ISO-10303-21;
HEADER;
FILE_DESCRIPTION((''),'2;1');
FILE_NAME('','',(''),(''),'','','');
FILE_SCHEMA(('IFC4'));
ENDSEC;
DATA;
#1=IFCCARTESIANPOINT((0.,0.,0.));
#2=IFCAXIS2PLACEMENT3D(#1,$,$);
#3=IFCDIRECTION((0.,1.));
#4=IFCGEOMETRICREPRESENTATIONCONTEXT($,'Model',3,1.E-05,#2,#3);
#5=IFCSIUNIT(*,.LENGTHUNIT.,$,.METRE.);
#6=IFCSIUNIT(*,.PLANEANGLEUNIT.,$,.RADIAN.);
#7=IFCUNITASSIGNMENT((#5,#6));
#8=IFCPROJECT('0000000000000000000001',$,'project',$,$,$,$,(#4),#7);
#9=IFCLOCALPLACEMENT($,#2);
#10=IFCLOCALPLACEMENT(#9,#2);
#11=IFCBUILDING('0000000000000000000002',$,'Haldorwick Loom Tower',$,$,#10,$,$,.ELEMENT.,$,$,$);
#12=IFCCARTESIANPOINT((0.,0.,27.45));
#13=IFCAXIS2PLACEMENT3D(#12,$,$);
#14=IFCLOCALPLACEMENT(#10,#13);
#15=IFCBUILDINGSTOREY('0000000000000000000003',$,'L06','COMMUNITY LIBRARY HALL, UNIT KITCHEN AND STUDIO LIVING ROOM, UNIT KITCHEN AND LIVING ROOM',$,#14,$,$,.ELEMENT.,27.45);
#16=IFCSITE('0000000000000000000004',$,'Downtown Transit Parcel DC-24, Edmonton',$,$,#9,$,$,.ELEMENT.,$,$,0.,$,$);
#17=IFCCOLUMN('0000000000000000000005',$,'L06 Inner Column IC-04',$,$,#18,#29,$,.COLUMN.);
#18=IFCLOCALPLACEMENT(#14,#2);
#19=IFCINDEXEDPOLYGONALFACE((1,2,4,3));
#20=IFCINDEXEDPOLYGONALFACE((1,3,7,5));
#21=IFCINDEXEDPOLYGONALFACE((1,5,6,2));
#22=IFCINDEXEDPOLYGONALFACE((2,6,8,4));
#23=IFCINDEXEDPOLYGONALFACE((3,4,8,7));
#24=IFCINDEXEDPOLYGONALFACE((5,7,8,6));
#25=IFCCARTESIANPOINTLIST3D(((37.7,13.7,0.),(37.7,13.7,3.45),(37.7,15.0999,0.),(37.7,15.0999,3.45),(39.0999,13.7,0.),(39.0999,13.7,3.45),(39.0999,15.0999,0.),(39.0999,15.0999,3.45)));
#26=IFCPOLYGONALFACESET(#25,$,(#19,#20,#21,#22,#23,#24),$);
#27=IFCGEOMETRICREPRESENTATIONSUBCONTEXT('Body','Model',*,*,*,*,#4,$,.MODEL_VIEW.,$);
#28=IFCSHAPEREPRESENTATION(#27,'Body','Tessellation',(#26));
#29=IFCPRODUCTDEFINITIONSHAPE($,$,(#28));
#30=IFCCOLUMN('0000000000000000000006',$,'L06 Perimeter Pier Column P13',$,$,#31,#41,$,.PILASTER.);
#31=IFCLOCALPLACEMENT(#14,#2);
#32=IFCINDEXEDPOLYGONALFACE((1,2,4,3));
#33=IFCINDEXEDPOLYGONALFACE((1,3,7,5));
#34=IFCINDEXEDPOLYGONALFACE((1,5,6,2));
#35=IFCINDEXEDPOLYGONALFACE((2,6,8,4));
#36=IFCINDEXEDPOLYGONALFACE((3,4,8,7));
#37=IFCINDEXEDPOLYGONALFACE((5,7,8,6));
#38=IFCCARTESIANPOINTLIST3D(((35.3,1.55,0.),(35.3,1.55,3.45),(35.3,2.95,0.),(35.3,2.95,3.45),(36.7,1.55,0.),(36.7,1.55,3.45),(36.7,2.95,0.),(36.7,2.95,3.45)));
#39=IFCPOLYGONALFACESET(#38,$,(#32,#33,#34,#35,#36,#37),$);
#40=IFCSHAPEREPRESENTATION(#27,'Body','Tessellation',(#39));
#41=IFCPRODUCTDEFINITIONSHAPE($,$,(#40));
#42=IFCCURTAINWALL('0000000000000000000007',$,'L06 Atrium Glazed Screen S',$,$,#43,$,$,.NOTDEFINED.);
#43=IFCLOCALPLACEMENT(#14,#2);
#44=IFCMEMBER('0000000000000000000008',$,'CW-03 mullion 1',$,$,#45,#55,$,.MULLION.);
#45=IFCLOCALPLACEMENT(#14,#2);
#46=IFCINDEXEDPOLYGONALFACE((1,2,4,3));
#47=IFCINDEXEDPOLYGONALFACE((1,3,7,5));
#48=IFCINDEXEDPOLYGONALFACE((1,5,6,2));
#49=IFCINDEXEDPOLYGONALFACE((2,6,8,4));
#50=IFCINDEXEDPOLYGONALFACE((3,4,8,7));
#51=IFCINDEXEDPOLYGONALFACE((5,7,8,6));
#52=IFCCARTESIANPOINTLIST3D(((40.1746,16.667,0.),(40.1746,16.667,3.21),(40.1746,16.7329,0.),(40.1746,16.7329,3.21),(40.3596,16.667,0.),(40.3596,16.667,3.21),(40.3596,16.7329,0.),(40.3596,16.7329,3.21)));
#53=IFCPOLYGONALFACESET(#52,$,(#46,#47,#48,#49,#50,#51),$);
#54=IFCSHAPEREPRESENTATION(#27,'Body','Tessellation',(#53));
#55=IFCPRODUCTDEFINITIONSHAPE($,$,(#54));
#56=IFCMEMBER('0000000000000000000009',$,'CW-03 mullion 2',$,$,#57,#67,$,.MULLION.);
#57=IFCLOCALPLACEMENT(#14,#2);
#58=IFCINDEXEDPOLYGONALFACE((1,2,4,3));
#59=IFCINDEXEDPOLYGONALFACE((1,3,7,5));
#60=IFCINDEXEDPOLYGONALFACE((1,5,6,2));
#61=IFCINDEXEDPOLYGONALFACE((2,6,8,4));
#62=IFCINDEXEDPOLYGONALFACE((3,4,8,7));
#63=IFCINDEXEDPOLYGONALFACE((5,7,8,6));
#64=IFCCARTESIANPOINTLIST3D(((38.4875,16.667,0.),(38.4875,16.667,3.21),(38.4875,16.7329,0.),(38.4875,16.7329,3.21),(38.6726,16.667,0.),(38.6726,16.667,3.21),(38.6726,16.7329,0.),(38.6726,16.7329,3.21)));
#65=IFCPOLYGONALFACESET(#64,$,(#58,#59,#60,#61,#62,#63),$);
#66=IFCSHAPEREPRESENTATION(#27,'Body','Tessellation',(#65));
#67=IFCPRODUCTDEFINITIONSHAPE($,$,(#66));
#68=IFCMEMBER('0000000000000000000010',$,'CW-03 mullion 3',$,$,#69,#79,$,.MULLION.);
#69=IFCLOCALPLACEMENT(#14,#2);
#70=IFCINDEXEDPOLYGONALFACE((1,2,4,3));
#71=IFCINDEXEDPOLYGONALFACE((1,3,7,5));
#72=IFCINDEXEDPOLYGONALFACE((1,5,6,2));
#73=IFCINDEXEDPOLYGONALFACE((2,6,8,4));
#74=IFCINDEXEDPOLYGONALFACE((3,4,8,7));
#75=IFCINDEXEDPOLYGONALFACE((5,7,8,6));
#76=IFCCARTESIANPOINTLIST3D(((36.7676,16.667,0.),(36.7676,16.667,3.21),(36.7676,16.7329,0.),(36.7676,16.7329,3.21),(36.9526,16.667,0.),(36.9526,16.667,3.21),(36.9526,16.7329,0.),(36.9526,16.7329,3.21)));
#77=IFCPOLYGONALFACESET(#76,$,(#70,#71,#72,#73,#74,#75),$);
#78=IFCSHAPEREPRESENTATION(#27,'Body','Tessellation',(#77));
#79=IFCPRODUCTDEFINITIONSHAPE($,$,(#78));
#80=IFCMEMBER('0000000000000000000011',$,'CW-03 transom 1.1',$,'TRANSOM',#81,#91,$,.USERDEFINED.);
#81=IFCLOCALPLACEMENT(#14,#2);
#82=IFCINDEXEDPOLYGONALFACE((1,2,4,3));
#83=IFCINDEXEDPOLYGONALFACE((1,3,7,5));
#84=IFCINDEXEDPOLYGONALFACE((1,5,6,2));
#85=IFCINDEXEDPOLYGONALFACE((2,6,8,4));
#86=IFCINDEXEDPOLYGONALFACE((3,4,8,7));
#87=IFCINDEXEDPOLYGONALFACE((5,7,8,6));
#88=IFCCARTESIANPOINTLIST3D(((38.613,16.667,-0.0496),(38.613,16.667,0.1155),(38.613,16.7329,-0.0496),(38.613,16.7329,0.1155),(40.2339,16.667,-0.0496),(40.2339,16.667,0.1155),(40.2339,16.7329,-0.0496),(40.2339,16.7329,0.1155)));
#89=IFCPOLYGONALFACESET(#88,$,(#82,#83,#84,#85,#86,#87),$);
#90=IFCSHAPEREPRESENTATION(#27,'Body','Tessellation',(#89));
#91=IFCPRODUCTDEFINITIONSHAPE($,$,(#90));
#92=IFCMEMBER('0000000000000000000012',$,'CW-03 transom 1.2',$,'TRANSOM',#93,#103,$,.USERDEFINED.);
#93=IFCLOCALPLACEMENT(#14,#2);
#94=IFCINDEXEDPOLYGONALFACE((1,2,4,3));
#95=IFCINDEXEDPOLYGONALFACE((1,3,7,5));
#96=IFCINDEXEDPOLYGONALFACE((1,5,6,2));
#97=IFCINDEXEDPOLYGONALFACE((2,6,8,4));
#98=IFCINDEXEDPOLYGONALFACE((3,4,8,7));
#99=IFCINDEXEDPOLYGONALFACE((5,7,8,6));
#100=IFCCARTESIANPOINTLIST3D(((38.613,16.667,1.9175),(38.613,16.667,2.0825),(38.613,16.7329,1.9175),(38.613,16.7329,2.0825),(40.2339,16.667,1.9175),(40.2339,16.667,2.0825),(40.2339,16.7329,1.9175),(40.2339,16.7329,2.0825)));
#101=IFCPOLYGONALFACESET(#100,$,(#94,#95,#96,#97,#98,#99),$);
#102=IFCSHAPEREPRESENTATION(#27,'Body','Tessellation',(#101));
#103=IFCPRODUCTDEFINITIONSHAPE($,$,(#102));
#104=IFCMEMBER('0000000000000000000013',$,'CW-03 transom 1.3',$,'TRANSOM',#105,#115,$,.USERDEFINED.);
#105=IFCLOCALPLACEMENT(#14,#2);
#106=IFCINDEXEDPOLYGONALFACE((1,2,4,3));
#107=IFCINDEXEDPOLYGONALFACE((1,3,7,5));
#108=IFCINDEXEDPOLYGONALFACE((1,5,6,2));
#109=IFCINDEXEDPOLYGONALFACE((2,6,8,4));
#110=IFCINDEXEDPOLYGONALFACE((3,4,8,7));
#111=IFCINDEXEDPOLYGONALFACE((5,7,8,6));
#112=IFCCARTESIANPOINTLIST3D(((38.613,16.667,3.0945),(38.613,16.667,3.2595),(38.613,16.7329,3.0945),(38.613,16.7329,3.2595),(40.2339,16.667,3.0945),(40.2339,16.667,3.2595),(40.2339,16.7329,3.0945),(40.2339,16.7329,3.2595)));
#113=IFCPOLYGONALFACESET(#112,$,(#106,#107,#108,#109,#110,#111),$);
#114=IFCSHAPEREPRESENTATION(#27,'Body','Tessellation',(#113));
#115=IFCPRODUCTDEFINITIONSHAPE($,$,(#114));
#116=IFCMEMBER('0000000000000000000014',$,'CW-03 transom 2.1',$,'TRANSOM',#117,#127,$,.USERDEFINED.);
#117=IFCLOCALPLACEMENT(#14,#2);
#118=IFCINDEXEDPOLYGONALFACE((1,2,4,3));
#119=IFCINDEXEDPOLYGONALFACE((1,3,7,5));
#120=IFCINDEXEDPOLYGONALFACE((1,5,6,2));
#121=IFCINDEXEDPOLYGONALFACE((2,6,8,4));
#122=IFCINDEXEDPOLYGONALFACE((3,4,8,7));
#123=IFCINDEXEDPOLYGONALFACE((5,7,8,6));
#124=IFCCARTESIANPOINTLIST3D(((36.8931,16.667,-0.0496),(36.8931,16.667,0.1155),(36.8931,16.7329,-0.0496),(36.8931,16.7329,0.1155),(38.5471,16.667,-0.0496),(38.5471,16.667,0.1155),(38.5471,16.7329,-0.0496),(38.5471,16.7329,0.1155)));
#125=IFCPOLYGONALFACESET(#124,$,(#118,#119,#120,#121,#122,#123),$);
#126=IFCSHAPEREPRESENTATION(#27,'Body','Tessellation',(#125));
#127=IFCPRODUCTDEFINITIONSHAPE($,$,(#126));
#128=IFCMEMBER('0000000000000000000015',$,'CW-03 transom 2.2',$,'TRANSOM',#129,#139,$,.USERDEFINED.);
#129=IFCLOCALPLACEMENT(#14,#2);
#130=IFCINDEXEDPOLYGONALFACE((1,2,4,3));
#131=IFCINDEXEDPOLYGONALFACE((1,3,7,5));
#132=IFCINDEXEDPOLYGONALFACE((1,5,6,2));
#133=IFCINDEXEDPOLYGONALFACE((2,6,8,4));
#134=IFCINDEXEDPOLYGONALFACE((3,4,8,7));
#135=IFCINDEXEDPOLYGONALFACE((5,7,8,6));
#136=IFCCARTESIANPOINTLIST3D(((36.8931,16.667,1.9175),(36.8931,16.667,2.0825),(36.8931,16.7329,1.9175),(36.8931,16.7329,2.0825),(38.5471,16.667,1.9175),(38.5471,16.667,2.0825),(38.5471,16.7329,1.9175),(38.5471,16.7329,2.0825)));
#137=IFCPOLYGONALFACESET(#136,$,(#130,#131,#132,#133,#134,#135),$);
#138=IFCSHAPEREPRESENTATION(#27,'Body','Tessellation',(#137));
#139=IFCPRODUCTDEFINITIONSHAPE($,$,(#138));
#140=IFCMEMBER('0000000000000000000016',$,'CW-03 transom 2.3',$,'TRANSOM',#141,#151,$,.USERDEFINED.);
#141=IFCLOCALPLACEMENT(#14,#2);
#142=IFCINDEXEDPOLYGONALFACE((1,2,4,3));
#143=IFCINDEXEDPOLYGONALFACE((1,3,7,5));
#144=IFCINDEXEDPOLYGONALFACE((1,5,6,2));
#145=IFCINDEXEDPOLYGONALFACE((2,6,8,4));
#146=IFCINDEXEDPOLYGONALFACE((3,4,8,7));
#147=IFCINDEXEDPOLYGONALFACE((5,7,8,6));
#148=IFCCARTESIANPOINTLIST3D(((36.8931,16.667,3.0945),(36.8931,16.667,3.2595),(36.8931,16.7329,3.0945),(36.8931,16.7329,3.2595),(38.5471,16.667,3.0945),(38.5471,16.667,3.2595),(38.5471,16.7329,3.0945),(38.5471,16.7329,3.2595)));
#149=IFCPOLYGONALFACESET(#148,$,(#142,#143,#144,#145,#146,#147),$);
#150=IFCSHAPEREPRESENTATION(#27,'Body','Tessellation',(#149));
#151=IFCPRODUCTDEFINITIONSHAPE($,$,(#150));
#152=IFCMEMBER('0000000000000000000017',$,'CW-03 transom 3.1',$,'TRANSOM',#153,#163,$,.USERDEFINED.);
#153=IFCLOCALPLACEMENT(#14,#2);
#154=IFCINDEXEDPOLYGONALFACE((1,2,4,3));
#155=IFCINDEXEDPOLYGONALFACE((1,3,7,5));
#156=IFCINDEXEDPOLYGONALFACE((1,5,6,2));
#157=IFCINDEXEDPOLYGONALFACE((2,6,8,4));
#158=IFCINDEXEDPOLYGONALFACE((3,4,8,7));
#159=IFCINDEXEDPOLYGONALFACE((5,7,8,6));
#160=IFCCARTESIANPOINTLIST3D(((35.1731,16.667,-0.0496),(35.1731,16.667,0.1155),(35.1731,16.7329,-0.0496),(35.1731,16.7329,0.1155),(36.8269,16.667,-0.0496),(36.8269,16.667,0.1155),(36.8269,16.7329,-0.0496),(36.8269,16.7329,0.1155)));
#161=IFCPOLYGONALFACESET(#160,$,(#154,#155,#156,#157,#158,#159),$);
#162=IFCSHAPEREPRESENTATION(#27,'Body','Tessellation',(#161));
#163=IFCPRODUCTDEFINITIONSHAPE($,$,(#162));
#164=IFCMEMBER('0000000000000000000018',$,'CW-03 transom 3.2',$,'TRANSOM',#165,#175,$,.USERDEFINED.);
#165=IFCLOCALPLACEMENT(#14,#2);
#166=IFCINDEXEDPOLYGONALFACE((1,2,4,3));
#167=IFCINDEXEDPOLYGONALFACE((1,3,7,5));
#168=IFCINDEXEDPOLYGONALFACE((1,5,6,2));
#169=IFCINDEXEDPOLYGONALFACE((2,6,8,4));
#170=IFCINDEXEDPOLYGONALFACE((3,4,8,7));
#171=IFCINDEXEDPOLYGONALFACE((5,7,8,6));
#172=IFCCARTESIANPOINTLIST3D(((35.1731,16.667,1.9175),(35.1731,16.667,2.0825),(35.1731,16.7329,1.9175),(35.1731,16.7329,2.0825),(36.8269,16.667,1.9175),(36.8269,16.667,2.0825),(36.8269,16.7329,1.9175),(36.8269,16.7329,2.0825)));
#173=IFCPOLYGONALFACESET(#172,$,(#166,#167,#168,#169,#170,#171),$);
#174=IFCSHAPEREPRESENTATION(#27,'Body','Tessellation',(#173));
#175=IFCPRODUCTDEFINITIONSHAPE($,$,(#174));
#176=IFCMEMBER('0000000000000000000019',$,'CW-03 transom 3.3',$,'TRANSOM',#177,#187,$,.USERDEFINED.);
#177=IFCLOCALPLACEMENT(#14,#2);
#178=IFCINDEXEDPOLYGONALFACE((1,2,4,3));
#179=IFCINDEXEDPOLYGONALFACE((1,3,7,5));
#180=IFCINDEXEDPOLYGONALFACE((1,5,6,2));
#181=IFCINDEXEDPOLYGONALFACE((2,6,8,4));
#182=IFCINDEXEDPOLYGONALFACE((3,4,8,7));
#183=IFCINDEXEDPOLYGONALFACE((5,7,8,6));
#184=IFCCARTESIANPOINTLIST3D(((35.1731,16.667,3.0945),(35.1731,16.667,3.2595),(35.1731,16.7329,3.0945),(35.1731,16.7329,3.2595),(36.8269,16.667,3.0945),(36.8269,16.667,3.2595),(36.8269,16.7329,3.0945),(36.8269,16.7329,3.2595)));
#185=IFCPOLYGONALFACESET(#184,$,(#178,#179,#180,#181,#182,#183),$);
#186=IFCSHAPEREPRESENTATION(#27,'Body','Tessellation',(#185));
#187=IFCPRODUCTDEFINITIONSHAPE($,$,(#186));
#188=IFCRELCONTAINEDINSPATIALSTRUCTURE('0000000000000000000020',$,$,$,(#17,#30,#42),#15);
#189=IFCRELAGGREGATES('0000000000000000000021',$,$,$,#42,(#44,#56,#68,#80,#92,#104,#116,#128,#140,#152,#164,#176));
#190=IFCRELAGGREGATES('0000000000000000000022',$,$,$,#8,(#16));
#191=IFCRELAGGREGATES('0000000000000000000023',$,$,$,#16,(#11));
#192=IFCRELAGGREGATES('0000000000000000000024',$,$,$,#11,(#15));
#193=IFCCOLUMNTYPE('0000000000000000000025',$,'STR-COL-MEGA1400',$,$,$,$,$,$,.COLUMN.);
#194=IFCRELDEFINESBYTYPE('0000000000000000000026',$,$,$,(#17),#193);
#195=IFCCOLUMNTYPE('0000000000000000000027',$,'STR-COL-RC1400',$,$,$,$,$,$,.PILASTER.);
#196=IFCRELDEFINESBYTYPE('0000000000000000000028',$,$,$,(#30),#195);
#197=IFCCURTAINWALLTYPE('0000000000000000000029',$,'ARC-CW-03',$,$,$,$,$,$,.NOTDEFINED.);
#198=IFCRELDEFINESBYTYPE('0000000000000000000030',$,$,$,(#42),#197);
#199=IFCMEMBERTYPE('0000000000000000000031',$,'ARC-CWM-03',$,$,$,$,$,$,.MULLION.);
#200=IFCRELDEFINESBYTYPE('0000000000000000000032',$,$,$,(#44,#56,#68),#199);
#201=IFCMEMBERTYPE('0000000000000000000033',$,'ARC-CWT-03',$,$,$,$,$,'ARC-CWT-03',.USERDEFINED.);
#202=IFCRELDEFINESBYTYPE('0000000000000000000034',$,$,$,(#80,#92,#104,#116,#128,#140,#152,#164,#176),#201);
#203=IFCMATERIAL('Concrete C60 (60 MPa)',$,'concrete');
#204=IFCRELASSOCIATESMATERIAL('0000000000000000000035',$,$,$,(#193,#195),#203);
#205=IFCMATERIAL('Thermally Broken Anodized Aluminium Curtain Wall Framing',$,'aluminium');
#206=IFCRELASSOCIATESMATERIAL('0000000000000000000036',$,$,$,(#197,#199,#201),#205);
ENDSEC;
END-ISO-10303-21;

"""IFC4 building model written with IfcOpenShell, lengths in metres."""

from ifc_helpers import new_model, si_unit, direction, frame, origin, origin_2d, place, context, subcontext, project, spatial, rectangle, extrude, material, material_profile, profile_set, type_object, element, aggregate, save


model = new_model("IFC4")

# Units and contexts
model_context = context("Model", 3, precision=1e-05, world=origin(), true_north=direction((0.0, 1.0)))
body_context = subcontext(model_context, "Body", "Model", "MODEL_VIEW")
ifc_project = project(units=[si_unit("LENGTHUNIT", "METRE"), si_unit("PLANEANGLEUNIT", "RADIAN")], contexts=[model_context])

# Site, building, storey
site_placement = place(None, origin())
site = spatial("IfcSite", under=ifc_project, at=site_placement, Name="Downtown Transit Parcel DC-24, Edmonton", CompositionType="ELEMENT", RefElevation=0.0)
building_placement = place(site_placement, origin())
building = spatial("IfcBuilding", under=site, at=building_placement, Name="Haldorwick Loom Tower", CompositionType="ELEMENT")
storey_placement = place(building_placement, frame((0.0, 0.0, 27.45)))
storey = spatial("IfcBuildingStorey", under=building, at=storey_placement, Name="L06", Description="COMMUNITY LIBRARY HALL, UNIT KITCHEN AND STUDIO LIVING ROOM, UNIT KITCHEN AND LIVING ROOM", CompositionType="ELEMENT", Elevation=27.45)

# Columns
ifc_material_1 = material(Name="Concrete C60 (60 MPa)", Category="concrete")
ifc_material_profile_1 = material_profile(ifc_material_1, rectangle(XDim=1.3999, YDim=1.3999, at=origin_2d()), Name="RC1400X1400", Category="concrete")
ifc_profile_set_1 = profile_set([ifc_material_profile_1], Name="Concrete C60 (60 MPa)")
column_type_1 = type_object("IfcColumnType", Name="STR-COL-MEGA1400", PredefinedType="COLUMN", material=ifc_profile_set_1)
column_1_placement = place(storey_placement, frame((38.3999, 14.3999, 0.0), z_axis=(0.0, 0.0, 1.0), x_axis=(1.0, 0.0, 0.0)))
element("IfcColumn", 1, at=column_1_placement, inside=storey, type_object=column_type_1, Name="L06 Inner Column IC-04", PredefinedType="COLUMN", context=body_context, shape_type="SweptSolid", body=[
    extrude(rectangle(XDim=1.3999, YDim=1.3999, at=origin_2d()), origin(), (0.0, 0.0, 1.0), 3.45),
])
ifc_material_profile_2 = material_profile(ifc_material_1, rectangle(XDim=1.3999, YDim=1.3999, at=origin_2d()), Name="RC1400X1400", Category="concrete")
ifc_profile_set_2 = profile_set([ifc_material_profile_2], Name="Concrete C60 (60 MPa)")
column_type_2 = type_object("IfcColumnType", Name="STR-COL-RC1400", PredefinedType="PILASTER", material=ifc_profile_set_2)
column_2_placement = place(storey_placement, frame((36.0, 2.25, 0.0), z_axis=(0.0, 0.0, 1.0), x_axis=(0.0, -1.0, 0.0)))
element("IfcColumn", 2, at=column_2_placement, inside=storey, type_object=column_type_2, Name="L06 Perimeter Pier Column P13", PredefinedType="PILASTER", context=body_context, shape_type="SweptSolid", body=[
    extrude(rectangle(XDim=1.3999, YDim=1.3999, at=origin_2d()), origin(), (0.0, 0.0, 1.0), 3.45),
])

# Curtain wall, members
ifc_material_2 = material(Name="Thermally Broken Anodized Aluminium Curtain Wall Framing", Category="aluminium")
curtain_wall_type = type_object("IfcCurtainWallType", Name="ARC-CW-03", PredefinedType="NOTDEFINED", material=ifc_material_2)
curtain_wall_placement = place(storey_placement, origin())
curtain_wall = element("IfcCurtainWall", 3, at=curtain_wall_placement, inside=storey, type_object=curtain_wall_type, Name="L06 Atrium Glazed Screen S", PredefinedType="NOTDEFINED")
ifc_material_profile_3 = material_profile(ifc_material_2, rectangle(XDim=0.0659, YDim=0.1851, at=origin_2d()), Name="ALU_MUL_66X185", Category="aluminium")
ifc_profile_set_3 = profile_set([ifc_material_profile_3], Name="Thermally Broken Anodized Aluminium Curtain Wall Framing")
member_type_1 = type_object("IfcMemberType", Name="ARC-CWM-03", PredefinedType="MULLION", material=ifc_profile_set_3)
member_1_placement = place(storey_placement, frame((40.2671, 16.7, 0.0), z_axis=(0.0, 0.0, 1.0), x_axis=(0.0, -1.0, 0.0)))
member_1 = element("IfcMember", 4, at=member_1_placement, type_object=member_type_1, Name="CW-03 mullion 1", PredefinedType="MULLION", context=body_context, shape_type="SweptSolid", body=[
    extrude(rectangle(XDim=0.0659, YDim=0.1851, at=origin_2d()), origin(), (0.0, 0.0, 1.0), 3.21),
])
member_2_placement = place(storey_placement, frame((38.5801, 16.7, 0.0), z_axis=(0.0, 0.0, 1.0), x_axis=(0.0, -1.0, 0.0)))
member_2 = element("IfcMember", 5, at=member_2_placement, type_object=member_type_1, Name="CW-03 mullion 2", PredefinedType="MULLION", context=body_context, shape_type="SweptSolid", body=[
    extrude(rectangle(XDim=0.0659, YDim=0.1851, at=origin_2d()), origin(), (0.0, 0.0, 1.0), 3.21),
])
member_3_placement = place(storey_placement, frame((36.8601, 16.7, 0.0), z_axis=(0.0, 0.0, 1.0), x_axis=(0.0, -1.0, 0.0)))
member_3 = element("IfcMember", 6, at=member_3_placement, type_object=member_type_1, Name="CW-03 mullion 3", PredefinedType="MULLION", context=body_context, shape_type="SweptSolid", body=[
    extrude(rectangle(XDim=0.0659, YDim=0.1851, at=origin_2d()), origin(), (0.0, 0.0, 1.0), 3.21),
])
ifc_material_profile_4 = material_profile(ifc_material_2, rectangle(XDim=0.0659, YDim=0.165, at=origin_2d()), Name="ALU_TRN_66X165", Category="aluminium")
ifc_profile_set_4 = profile_set([ifc_material_profile_4], Name="Thermally Broken Anodized Aluminium Curtain Wall Framing")
member_type_2 = type_object("IfcMemberType", Name="ARC-CWT-03", ElementType="ARC-CWT-03", PredefinedType="USERDEFINED", material=ifc_profile_set_4)
member_4_placement = place(storey_placement, frame((40.2339, 16.7, 0.033), z_axis=(-1.0, 0.0, 0.0), x_axis=(0.0, -1.0, 0.0)))
member_4 = element("IfcMember", 7, at=member_4_placement, type_object=member_type_2, Name="CW-03 transom 1.1", ObjectType="TRANSOM", PredefinedType="USERDEFINED", context=body_context, shape_type="SweptSolid", body=[
    extrude(rectangle(XDim=0.0659, YDim=0.165, at=origin_2d()), origin(), (0.0, 0.0, 1.0), 1.6208),
])
member_5_placement = place(storey_placement, frame((40.2339, 16.7, 2.0), z_axis=(-1.0, 0.0, 0.0), x_axis=(0.0, -1.0, 0.0)))
member_5 = element("IfcMember", 8, at=member_5_placement, type_object=member_type_2, Name="CW-03 transom 1.2", ObjectType="TRANSOM", PredefinedType="USERDEFINED", context=body_context, shape_type="SweptSolid", body=[
    extrude(rectangle(XDim=0.0659, YDim=0.165, at=origin_2d()), origin(), (0.0, 0.0, 1.0), 1.6208),
])
member_6_placement = place(storey_placement, frame((40.2339, 16.7, 3.177), z_axis=(-1.0, 0.0, 0.0), x_axis=(0.0, -1.0, 0.0)))
member_6 = element("IfcMember", 9, at=member_6_placement, type_object=member_type_2, Name="CW-03 transom 1.3", ObjectType="TRANSOM", PredefinedType="USERDEFINED", context=body_context, shape_type="SweptSolid", body=[
    extrude(rectangle(XDim=0.0659, YDim=0.165, at=origin_2d()), origin(), (0.0, 0.0, 1.0), 1.6208),
])
member_7_placement = place(storey_placement, frame((38.5471, 16.7, 0.033), z_axis=(-1.0, 0.0, 0.0), x_axis=(0.0, -1.0, 0.0)))
member_7 = element("IfcMember", 10, at=member_7_placement, type_object=member_type_2, Name="CW-03 transom 2.1", ObjectType="TRANSOM", PredefinedType="USERDEFINED", context=body_context, shape_type="SweptSolid", body=[
    extrude(rectangle(XDim=0.0659, YDim=0.165, at=origin_2d()), origin(), (0.0, 0.0, 1.0), 1.6541),
])
member_8_placement = place(storey_placement, frame((38.5471, 16.7, 2.0), z_axis=(-1.0, 0.0, 0.0), x_axis=(0.0, -1.0, 0.0)))
member_8 = element("IfcMember", 11, at=member_8_placement, type_object=member_type_2, Name="CW-03 transom 2.2", ObjectType="TRANSOM", PredefinedType="USERDEFINED", context=body_context, shape_type="SweptSolid", body=[
    extrude(rectangle(XDim=0.0659, YDim=0.165, at=origin_2d()), origin(), (0.0, 0.0, 1.0), 1.6541),
])
member_9_placement = place(storey_placement, frame((38.5471, 16.7, 3.177), z_axis=(-1.0, 0.0, 0.0), x_axis=(0.0, -1.0, 0.0)))
member_9 = element("IfcMember", 12, at=member_9_placement, type_object=member_type_2, Name="CW-03 transom 2.3", ObjectType="TRANSOM", PredefinedType="USERDEFINED", context=body_context, shape_type="SweptSolid", body=[
    extrude(rectangle(XDim=0.0659, YDim=0.165, at=origin_2d()), origin(), (0.0, 0.0, 1.0), 1.6541),
])
member_10_placement = place(storey_placement, frame((36.8269, 16.7, 0.033), z_axis=(-1.0, 0.0, 0.0), x_axis=(0.0, -1.0, 0.0)))
member_10 = element("IfcMember", 13, at=member_10_placement, type_object=member_type_2, Name="CW-03 transom 3.1", ObjectType="TRANSOM", PredefinedType="USERDEFINED", context=body_context, shape_type="SweptSolid", body=[
    extrude(rectangle(XDim=0.0659, YDim=0.165, at=origin_2d()), origin(), (0.0, 0.0, 1.0), 1.6538),
])
member_11_placement = place(storey_placement, frame((36.8269, 16.7, 2.0), z_axis=(-1.0, 0.0, 0.0), x_axis=(0.0, -1.0, 0.0)))
member_11 = element("IfcMember", 14, at=member_11_placement, type_object=member_type_2, Name="CW-03 transom 3.2", ObjectType="TRANSOM", PredefinedType="USERDEFINED", context=body_context, shape_type="SweptSolid", body=[
    extrude(rectangle(XDim=0.0659, YDim=0.165, at=origin_2d()), origin(), (0.0, 0.0, 1.0), 1.6538),
])
member_12_placement = place(storey_placement, frame((36.8269, 16.7, 3.177), z_axis=(-1.0, 0.0, 0.0), x_axis=(0.0, -1.0, 0.0)))
member_12 = element("IfcMember", 15, at=member_12_placement, type_object=member_type_2, Name="CW-03 transom 3.3", ObjectType="TRANSOM", PredefinedType="USERDEFINED", context=body_context, shape_type="SweptSolid", body=[
    extrude(rectangle(XDim=0.0659, YDim=0.165, at=origin_2d()), origin(), (0.0, 0.0, 1.0), 1.6538),
])

aggregate(curtain_wall, [member_1, member_2, member_3, member_4, member_5, member_6, member_7, member_8, member_9, member_10, member_11, member_12])

save(model, "model.ifc")
